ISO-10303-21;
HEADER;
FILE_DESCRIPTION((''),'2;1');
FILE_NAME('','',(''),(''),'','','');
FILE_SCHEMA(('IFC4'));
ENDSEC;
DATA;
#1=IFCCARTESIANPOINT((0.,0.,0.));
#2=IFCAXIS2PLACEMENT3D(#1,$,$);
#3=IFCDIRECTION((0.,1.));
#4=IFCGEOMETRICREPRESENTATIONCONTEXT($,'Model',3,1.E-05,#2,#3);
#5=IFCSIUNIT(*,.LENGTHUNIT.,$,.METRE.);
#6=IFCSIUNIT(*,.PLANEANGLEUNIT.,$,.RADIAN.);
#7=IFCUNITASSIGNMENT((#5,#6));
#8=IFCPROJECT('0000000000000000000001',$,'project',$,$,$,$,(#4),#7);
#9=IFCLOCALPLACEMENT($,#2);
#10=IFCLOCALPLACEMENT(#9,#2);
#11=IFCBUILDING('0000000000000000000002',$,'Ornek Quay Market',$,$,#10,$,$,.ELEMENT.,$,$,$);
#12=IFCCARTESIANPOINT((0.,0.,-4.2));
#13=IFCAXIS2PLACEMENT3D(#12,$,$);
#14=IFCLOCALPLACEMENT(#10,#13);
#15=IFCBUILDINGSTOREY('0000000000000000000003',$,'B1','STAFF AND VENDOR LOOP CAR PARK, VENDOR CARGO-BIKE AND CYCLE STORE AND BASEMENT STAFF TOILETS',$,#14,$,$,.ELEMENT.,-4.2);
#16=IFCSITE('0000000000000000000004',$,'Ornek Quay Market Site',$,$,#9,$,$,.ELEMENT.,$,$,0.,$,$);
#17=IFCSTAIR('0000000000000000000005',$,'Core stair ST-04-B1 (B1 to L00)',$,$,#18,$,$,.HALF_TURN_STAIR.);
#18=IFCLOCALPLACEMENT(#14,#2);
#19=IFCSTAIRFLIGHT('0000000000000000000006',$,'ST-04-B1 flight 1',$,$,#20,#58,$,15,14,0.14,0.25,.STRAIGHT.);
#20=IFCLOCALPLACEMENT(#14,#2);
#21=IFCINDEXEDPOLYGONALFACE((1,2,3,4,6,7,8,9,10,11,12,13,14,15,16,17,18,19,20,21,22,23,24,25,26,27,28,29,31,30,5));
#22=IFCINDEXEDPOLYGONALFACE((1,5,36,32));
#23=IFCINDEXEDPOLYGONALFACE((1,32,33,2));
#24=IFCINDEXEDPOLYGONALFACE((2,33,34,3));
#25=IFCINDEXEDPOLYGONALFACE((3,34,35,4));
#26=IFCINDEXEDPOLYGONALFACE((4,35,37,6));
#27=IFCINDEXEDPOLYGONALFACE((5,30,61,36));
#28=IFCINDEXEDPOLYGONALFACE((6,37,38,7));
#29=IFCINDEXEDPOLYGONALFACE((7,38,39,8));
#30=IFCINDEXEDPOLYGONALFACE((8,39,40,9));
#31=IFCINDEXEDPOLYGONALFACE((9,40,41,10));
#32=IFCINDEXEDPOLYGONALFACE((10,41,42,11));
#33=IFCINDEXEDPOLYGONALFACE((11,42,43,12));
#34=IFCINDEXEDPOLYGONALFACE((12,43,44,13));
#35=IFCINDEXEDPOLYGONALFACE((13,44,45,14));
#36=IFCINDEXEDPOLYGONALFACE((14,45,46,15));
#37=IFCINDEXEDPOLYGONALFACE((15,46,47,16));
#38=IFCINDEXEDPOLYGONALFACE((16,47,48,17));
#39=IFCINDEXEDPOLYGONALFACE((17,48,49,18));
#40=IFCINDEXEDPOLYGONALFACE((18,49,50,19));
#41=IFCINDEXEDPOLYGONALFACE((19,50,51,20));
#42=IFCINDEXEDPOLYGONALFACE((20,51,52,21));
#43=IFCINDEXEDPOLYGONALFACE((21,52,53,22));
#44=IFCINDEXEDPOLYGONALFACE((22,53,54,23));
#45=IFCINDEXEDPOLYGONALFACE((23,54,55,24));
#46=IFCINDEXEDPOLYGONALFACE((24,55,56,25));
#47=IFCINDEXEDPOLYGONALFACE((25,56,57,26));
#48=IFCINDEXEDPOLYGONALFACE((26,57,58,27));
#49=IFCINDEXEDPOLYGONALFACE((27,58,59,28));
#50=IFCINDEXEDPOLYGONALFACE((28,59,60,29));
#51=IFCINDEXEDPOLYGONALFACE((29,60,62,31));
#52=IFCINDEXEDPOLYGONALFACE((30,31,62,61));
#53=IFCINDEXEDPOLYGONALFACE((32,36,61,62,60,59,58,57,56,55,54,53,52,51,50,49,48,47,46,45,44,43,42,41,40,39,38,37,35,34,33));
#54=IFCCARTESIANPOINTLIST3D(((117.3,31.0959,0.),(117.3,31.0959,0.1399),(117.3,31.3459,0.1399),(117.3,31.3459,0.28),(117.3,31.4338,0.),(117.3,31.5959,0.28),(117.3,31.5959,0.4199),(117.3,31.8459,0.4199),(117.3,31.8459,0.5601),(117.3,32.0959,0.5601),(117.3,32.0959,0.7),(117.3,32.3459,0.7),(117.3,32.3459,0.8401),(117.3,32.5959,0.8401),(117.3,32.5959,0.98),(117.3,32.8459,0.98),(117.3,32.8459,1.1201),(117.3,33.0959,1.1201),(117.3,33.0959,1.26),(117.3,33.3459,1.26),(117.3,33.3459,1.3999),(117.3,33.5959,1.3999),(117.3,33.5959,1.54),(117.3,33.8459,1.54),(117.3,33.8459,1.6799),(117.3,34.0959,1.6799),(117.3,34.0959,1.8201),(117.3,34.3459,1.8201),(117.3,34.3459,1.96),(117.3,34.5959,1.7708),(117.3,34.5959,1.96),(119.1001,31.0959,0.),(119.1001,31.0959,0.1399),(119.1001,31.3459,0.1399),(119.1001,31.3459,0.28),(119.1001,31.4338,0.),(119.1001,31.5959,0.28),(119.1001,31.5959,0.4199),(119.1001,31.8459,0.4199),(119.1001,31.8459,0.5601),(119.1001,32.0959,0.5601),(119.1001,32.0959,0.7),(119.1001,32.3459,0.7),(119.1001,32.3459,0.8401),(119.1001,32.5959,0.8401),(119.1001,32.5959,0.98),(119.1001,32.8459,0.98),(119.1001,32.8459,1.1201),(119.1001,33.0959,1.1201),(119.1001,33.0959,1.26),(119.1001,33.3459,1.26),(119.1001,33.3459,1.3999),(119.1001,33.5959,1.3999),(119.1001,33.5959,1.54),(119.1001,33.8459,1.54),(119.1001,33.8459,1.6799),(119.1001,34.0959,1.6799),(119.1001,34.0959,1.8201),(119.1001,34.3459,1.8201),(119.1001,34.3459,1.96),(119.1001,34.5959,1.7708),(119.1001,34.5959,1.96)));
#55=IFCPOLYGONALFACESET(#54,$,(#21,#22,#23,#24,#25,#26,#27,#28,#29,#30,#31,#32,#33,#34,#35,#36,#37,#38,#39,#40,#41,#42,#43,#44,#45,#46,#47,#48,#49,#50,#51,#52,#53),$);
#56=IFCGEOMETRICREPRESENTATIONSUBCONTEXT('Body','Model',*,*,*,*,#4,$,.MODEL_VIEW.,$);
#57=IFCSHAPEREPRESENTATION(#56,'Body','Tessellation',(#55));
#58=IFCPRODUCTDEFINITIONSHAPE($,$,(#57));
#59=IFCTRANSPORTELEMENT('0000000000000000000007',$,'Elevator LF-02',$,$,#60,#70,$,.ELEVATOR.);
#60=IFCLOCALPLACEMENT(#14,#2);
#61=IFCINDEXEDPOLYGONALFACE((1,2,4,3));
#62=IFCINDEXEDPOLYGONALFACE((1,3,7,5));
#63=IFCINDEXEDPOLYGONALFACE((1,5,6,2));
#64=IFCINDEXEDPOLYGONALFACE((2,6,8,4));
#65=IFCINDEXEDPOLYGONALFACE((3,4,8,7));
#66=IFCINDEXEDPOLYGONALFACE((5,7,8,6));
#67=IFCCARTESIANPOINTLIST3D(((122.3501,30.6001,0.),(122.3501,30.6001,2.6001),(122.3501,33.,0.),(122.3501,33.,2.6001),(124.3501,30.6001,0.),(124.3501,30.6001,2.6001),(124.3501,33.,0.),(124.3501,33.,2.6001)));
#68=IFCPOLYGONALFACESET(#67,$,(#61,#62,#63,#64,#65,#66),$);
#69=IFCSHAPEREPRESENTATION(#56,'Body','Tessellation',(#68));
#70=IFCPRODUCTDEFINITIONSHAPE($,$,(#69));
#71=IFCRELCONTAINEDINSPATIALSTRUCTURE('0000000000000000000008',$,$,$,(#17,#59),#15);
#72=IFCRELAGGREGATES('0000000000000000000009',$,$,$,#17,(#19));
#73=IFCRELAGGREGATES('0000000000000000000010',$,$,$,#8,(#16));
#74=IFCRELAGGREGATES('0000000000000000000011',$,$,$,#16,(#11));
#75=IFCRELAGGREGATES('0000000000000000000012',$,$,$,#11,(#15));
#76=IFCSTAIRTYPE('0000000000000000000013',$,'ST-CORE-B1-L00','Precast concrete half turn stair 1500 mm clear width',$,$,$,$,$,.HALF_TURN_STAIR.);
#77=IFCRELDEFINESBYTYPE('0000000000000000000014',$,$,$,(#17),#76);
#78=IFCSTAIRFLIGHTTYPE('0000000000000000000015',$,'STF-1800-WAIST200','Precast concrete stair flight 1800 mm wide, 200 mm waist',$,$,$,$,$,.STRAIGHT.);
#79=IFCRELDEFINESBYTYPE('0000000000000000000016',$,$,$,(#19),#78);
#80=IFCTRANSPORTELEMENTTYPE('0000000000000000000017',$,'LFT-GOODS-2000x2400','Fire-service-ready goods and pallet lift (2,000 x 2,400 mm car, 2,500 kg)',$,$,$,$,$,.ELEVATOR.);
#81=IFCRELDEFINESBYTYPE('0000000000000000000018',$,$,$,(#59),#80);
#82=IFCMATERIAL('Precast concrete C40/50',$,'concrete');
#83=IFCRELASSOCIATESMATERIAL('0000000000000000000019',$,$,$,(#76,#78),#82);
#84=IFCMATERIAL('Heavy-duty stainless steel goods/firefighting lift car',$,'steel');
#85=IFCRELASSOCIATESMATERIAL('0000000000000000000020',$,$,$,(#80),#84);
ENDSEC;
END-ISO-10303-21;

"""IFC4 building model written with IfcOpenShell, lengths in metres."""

from ifc_helpers import new_model, si_unit, direction, frame, origin, origin_2d, place, context, subcontext, project, spatial, polyline, rectangle, outline, extrude, material, type_object, element, aggregate, save


model = new_model("IFC4")

# Units and contexts
model_context = context("Model", 3, precision=1e-05, world=origin(), true_north=direction((0.0, 1.0)))
body_context = subcontext(model_context, "Body", "Model", "MODEL_VIEW")
ifc_project = project(units=[si_unit("LENGTHUNIT", "METRE"), si_unit("PLANEANGLEUNIT", "RADIAN")], contexts=[model_context])

# Site, building, storey
site_placement = place(None, origin())
site = spatial("IfcSite", under=ifc_project, at=site_placement, Name="Ornek Quay Market Site", CompositionType="ELEMENT", RefElevation=0.0)
building_placement = place(site_placement, origin())
building = spatial("IfcBuilding", under=site, at=building_placement, Name="Ornek Quay Market", CompositionType="ELEMENT")
storey_placement = place(building_placement, frame((0.0, 0.0, -4.2)))
storey = spatial("IfcBuildingStorey", under=building, at=storey_placement, Name="B1", Description="STAFF AND VENDOR LOOP CAR PARK, VENDOR CARGO-BIKE AND CYCLE STORE AND BASEMENT STAFF TOILETS", CompositionType="ELEMENT", Elevation=-4.2)

# Stair, stair flight
ifc_material_1 = material(Name="Precast concrete C40/50", Category="concrete")
stair_type = type_object("IfcStairType", Name="ST-CORE-B1-L00", Description="Precast concrete half turn stair 1500 mm clear width", PredefinedType="HALF_TURN_STAIR", material=ifc_material_1)
stair_placement = place(storey_placement, origin())
stair = element("IfcStair", 1, at=stair_placement, inside=storey, type_object=stair_type, Name="Core stair ST-04-B1 (B1 to L00)", PredefinedType="HALF_TURN_STAIR")
stair_flight_type = type_object("IfcStairFlightType", Name="STF-1800-WAIST200", Description="Precast concrete stair flight 1800 mm wide, 200 mm waist", PredefinedType="STRAIGHT", material=ifc_material_1)
stair_flight_placement = place(storey_placement, frame((118.2, 31.0959, 0.0), z_axis=(0.0, 0.0, 1.0), x_axis=(0.0, 1.0, 0.0)))
stair_flight = element("IfcStairFlight", 2, at=stair_flight_placement, type_object=stair_flight_type, Name="ST-04-B1 flight 1", NumberOfRisers=15, NumberOfTreads=14, PredefinedType="STRAIGHT", RiserHeight=0.14, TreadLength=0.25, context=body_context, shape_type="SweptSolid", body=[
    extrude(outline(polyline([(0.0, 0.0), (0.0, 0.1399), (0.25, 0.1399), (0.25, 0.28), (0.5, 0.28), (0.5, 0.4199), (0.75, 0.4199), (0.75, 0.5601), (1.0, 0.5601), (1.0, 0.7), (1.25, 0.7), (1.25, 0.8401), (1.5, 0.8401), (1.5, 0.98), (1.75, 0.98), (1.75, 1.1201), (2.0, 1.1201), (2.0, 1.26), (2.25, 1.26), (2.25, 1.3999), (2.5, 1.3999), (2.5, 1.54), (2.75, 1.54), (2.75, 1.6799), (3.0, 1.6799), (3.0, 1.8201), (3.25, 1.8201), (3.25, 1.96), (3.5, 1.96), (3.5, 2.1001), (3.5, 1.7708), (0.3379, 0.0), (0.0, 0.0)])), frame((0.0, 0.8999, 0.0), z_axis=(0.0, -1.0, 0.0), x_axis=(1.0, 0.0, 0.0)), (0.0, 0.0, 1.0), 1.8),
])
aggregate(stair, [stair_flight])

# Transport element
ifc_material_2 = material(Name="Heavy-duty stainless steel goods/firefighting lift car", Category="steel")
transport_element_type = type_object("IfcTransportElementType", Name="LFT-GOODS-2000x2400", Description="Fire-service-ready goods and pallet lift (2,000 x 2,400 mm car, 2,500 kg)", PredefinedType="ELEVATOR", material=ifc_material_2)
transport_element_placement = place(storey_placement, frame((123.3501, 31.8, 0.0), z_axis=(0.0, 0.0, 1.0), x_axis=(1.0, 0.0, 0.0)))
element("IfcTransportElement", 3, at=transport_element_placement, inside=storey, type_object=transport_element_type, Name="Elevator LF-02", PredefinedType="ELEVATOR", context=body_context, shape_type="SweptSolid", body=[
    extrude(rectangle(XDim=2.0, YDim=2.3999, at=origin_2d()), origin(), (0.0, 0.0, 1.0), 2.6001),
])

save(model, "model.ifc")
